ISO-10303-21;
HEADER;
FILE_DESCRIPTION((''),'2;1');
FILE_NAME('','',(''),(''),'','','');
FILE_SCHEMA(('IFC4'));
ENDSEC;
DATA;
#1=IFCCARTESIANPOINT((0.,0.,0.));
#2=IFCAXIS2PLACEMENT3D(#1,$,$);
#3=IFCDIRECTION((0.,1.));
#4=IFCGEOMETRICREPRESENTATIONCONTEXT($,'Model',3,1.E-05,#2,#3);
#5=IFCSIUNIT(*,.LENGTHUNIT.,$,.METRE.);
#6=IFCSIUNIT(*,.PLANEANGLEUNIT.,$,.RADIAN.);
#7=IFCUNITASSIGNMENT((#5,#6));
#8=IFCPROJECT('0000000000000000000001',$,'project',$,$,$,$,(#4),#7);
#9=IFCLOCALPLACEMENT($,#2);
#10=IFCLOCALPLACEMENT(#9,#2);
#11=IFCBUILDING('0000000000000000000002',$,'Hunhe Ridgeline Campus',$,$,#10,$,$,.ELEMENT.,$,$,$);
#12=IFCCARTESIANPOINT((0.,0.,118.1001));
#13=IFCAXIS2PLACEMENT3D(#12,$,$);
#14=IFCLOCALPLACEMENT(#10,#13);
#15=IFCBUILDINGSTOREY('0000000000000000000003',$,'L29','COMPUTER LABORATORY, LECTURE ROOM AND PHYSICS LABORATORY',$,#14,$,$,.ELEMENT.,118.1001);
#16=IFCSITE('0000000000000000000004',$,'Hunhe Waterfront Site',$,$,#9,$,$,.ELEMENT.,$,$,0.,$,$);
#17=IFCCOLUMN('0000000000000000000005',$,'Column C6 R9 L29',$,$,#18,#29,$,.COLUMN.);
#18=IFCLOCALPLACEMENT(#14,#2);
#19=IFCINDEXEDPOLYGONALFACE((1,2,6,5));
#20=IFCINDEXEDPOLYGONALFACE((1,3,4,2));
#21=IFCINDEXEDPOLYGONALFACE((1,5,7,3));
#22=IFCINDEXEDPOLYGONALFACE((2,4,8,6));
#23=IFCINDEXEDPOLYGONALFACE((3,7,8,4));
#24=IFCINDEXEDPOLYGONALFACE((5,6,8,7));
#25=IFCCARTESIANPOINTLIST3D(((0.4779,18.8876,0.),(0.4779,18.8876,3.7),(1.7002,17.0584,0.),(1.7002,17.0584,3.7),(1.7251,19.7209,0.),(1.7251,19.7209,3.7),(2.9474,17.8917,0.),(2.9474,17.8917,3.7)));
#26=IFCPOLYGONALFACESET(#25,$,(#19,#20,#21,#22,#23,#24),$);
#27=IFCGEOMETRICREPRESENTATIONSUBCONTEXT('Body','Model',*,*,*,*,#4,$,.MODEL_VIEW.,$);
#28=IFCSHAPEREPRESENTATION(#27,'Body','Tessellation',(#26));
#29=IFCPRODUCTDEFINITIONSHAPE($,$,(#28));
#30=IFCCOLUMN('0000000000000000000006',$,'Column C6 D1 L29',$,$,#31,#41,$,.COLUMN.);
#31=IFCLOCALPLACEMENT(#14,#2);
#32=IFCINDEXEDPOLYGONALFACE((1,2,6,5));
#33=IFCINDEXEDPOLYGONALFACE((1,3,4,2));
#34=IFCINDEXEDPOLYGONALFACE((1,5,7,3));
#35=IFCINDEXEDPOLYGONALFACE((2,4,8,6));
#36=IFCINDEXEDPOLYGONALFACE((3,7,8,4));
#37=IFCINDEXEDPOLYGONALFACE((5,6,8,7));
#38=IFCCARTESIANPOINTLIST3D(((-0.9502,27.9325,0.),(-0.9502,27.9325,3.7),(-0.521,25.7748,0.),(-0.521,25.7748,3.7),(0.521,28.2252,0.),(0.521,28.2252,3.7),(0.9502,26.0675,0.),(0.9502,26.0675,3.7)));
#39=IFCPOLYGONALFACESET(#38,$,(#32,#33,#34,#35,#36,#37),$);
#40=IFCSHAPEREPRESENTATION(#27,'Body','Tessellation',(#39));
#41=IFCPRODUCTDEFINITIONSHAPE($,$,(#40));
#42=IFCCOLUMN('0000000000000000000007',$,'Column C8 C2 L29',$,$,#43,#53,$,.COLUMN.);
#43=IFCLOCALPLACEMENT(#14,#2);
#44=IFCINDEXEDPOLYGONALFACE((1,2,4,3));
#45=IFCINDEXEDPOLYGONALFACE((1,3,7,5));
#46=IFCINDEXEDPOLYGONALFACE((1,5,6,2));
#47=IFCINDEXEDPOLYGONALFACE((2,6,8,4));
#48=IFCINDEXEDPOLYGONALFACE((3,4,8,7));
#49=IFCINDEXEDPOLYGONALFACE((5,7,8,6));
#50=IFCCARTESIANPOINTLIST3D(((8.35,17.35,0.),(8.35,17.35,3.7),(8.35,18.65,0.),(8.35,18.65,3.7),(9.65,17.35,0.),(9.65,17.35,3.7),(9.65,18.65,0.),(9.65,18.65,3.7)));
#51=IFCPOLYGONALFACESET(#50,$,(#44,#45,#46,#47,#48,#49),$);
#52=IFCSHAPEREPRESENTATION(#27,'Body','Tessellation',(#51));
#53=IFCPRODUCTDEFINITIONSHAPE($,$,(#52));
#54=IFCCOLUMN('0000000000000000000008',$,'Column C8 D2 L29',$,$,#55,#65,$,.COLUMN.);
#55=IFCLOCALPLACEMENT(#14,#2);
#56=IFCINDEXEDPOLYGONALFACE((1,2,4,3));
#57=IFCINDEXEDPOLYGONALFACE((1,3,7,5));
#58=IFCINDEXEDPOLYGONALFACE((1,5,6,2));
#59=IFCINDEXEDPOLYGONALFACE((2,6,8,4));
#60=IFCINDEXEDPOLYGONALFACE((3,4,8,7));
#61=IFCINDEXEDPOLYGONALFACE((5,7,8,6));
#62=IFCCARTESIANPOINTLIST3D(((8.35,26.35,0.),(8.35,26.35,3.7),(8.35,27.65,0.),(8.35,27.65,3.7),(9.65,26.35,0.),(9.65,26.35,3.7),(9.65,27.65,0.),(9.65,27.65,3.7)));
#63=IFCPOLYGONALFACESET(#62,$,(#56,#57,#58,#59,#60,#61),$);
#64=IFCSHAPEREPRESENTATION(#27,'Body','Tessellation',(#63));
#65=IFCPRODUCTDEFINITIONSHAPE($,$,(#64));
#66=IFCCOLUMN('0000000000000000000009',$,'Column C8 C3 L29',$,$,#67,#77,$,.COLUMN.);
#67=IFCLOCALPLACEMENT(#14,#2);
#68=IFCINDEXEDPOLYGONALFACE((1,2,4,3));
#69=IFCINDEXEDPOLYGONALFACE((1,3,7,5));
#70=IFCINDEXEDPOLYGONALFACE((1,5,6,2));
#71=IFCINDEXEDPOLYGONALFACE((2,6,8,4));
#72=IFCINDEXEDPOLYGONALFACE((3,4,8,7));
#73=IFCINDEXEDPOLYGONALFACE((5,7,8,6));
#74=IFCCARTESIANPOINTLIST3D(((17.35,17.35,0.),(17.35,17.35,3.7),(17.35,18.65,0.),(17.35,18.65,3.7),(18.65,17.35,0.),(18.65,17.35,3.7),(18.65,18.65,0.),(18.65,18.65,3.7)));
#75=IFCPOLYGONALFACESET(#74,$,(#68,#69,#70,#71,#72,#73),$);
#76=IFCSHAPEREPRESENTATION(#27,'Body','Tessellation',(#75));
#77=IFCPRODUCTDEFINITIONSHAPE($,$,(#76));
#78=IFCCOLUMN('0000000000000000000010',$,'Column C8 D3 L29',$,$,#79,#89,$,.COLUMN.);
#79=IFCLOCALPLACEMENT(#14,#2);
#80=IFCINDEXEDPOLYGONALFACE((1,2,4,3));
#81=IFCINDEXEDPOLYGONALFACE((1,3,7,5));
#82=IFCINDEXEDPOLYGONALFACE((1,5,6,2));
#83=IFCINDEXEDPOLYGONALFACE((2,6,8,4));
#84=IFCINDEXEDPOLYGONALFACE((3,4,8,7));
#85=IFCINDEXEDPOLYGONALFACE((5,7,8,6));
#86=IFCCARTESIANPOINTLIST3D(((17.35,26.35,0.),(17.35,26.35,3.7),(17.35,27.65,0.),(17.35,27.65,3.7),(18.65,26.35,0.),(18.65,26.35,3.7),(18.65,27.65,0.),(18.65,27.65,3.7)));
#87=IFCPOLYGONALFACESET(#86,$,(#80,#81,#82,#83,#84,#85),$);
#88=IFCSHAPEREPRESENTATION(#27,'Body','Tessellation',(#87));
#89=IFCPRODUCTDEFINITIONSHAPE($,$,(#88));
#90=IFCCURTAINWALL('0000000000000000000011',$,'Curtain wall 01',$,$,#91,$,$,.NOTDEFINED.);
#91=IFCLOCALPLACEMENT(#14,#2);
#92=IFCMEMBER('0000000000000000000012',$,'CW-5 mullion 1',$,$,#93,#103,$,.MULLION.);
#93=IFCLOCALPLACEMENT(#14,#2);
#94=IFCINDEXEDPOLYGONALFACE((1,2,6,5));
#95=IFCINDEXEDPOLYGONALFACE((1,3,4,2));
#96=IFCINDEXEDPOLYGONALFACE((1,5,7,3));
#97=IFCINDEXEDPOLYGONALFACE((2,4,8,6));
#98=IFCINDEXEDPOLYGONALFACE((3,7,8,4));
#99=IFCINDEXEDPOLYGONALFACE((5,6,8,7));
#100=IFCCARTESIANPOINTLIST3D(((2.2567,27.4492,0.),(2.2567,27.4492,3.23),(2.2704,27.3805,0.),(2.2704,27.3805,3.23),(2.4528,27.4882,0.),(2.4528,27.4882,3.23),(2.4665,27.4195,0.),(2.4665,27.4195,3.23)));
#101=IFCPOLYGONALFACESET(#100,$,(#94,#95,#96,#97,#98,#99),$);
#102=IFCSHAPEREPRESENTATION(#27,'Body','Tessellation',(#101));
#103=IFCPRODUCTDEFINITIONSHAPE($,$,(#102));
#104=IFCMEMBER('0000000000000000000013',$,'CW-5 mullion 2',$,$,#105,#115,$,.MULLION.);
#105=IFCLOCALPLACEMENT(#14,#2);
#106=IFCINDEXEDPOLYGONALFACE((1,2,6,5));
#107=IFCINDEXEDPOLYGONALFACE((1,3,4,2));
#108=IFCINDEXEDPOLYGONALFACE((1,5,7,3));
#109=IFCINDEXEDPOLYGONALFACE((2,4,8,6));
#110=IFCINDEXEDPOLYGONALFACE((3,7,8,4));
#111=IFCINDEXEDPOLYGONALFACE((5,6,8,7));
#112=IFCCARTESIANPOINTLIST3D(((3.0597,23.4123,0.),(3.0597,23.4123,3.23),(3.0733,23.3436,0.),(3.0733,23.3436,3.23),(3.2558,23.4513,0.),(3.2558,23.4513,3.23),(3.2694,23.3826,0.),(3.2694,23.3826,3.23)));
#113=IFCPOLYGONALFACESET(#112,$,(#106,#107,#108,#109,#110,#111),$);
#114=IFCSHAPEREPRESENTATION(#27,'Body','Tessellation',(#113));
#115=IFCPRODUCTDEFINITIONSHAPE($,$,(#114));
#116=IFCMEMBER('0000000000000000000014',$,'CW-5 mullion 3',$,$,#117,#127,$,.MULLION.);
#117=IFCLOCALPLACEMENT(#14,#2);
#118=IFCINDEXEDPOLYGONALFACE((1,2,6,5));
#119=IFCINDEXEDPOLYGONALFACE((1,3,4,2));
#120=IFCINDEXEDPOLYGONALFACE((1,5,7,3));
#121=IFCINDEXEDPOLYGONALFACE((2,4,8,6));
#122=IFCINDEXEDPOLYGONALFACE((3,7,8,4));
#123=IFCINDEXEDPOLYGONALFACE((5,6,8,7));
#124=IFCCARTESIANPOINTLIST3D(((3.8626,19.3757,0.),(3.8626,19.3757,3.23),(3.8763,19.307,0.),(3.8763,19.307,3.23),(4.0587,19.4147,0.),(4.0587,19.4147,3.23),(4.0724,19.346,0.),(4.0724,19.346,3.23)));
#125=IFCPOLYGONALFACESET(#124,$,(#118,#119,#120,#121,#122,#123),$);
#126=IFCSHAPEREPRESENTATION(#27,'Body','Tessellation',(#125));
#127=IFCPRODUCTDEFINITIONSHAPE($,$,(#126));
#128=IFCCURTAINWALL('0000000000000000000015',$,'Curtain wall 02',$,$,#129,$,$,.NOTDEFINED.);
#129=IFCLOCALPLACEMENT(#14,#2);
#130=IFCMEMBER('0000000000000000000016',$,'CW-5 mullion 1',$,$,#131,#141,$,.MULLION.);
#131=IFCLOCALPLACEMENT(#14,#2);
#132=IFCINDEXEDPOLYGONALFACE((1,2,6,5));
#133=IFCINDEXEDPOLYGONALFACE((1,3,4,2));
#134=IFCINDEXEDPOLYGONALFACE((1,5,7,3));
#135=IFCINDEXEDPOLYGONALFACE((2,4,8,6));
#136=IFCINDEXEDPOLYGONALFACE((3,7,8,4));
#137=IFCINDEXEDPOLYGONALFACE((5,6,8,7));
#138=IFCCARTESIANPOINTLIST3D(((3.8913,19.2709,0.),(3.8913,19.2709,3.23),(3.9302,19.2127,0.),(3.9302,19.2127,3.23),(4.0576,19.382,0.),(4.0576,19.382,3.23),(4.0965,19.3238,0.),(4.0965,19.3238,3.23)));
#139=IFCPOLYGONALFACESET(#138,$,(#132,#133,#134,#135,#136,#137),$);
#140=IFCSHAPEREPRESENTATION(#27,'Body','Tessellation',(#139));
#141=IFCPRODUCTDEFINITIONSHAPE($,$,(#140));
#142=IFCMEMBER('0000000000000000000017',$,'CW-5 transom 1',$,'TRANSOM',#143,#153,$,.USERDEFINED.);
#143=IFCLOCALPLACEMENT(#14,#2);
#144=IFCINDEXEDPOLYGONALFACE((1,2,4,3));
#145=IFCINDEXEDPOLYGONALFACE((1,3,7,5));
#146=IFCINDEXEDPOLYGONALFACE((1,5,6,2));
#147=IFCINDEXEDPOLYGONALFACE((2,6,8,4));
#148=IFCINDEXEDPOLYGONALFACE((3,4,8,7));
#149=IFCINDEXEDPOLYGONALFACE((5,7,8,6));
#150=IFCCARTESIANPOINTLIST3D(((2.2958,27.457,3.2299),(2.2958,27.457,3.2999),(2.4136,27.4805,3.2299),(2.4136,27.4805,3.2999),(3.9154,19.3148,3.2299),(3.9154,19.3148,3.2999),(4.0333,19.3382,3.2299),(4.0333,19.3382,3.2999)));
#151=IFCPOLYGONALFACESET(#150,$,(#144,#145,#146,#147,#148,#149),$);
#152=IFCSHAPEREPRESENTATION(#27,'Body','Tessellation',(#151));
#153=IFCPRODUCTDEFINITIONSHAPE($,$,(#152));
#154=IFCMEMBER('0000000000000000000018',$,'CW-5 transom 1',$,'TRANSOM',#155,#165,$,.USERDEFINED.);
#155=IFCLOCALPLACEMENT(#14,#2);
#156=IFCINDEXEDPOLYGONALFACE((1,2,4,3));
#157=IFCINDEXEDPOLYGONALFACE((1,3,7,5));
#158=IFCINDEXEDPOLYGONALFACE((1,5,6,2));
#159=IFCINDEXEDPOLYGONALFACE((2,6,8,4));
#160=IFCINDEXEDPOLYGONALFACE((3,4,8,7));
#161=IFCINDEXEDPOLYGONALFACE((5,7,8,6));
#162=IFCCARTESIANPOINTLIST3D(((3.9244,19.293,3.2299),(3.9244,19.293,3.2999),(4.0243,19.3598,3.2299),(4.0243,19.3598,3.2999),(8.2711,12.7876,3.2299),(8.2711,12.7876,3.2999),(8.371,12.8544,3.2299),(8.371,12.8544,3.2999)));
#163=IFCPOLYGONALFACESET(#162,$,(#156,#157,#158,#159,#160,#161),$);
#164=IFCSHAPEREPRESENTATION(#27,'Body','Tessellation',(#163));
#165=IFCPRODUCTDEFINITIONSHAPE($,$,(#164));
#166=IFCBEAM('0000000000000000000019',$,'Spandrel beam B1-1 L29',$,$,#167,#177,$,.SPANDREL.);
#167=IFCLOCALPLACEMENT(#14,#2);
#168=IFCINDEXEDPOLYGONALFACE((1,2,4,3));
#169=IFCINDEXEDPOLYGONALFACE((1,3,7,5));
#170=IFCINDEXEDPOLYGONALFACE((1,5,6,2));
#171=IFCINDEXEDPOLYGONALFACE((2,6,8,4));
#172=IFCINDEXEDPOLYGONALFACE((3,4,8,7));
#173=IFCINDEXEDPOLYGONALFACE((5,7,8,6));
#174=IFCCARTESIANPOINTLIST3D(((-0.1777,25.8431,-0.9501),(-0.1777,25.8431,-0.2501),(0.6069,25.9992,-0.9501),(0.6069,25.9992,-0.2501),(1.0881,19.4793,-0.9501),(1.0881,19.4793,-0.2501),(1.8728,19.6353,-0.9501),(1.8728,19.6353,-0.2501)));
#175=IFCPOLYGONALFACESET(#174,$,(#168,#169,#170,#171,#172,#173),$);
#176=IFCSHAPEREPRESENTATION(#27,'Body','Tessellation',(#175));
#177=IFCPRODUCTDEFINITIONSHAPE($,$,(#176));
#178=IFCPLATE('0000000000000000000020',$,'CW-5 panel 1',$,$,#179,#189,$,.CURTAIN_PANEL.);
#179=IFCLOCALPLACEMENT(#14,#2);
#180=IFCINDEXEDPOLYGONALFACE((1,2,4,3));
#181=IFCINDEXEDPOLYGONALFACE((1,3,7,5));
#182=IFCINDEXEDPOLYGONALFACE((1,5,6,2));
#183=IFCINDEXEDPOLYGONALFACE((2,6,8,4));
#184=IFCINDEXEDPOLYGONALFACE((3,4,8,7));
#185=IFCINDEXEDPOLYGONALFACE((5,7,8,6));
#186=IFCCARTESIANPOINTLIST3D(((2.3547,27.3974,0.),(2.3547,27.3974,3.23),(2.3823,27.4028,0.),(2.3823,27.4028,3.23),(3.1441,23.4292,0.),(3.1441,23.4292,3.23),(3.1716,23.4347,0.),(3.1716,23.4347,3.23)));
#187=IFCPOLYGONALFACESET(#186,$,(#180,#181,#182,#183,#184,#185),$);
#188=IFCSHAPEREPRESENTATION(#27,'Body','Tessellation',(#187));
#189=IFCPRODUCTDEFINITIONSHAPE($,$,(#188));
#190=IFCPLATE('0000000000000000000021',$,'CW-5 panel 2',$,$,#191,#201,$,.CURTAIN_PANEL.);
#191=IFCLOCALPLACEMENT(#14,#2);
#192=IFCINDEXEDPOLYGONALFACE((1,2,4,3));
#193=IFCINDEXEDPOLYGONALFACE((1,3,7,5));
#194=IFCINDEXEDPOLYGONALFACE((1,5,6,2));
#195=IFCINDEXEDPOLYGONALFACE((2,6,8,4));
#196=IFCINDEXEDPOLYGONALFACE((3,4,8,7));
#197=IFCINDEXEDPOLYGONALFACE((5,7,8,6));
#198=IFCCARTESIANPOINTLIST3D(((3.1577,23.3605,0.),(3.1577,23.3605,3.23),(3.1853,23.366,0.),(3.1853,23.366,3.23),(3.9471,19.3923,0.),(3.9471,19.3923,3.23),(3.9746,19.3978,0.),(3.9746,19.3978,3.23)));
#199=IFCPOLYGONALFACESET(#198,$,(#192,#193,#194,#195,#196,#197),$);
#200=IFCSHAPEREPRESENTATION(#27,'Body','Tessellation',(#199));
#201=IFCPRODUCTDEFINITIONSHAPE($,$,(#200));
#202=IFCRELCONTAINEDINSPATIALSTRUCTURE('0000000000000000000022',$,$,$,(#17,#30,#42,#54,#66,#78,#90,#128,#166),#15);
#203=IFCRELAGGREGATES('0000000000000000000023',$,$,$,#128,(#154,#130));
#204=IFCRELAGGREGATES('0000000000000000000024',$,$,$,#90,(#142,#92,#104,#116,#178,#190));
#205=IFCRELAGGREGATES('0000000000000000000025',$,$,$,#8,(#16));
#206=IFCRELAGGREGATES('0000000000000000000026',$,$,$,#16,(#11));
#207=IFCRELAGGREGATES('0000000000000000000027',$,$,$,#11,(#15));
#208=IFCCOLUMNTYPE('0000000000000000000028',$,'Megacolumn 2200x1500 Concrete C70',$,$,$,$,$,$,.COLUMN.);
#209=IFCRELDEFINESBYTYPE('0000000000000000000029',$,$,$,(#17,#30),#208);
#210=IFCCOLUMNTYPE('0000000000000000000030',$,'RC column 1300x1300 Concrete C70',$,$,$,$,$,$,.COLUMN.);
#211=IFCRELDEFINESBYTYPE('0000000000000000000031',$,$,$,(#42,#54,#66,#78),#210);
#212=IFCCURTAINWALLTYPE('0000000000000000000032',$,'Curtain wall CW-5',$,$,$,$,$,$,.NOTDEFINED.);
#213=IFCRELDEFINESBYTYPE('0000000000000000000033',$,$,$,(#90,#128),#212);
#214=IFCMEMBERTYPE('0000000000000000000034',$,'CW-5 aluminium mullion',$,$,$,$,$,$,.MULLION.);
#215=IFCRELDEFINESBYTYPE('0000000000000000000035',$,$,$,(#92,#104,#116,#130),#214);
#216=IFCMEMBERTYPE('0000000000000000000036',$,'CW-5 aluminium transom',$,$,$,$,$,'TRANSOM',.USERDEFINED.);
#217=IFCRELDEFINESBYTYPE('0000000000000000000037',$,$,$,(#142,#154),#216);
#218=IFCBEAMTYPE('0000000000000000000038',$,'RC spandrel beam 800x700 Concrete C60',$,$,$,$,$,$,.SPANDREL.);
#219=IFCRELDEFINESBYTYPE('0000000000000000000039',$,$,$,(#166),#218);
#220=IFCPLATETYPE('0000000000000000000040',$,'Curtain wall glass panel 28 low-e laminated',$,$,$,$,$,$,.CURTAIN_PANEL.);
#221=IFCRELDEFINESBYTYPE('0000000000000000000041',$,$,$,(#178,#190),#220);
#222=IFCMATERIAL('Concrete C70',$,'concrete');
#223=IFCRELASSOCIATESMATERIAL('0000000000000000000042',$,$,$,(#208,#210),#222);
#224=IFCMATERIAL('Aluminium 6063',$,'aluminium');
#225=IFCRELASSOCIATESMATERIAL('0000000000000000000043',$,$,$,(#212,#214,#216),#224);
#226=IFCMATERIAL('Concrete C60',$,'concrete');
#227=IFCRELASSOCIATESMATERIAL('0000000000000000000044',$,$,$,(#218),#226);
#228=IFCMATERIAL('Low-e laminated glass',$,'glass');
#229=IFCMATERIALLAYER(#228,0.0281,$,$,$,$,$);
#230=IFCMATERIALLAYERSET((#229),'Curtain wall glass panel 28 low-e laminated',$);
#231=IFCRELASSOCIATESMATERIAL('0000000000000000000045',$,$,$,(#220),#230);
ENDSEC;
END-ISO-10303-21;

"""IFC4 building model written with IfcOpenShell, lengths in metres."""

from ifc_helpers import new_model, si_unit, direction, frame, origin, origin_2d, place, context, subcontext, project, spatial, rectangle, extrude, material, layer, layer_set, material_profile, profile_set, type_object, element, aggregate, save


model = new_model("IFC4")

# Units and contexts
model_context = context("Model", 3, precision=1e-05, world=origin(), true_north=direction((0.0, 1.0)))
body_context = subcontext(model_context, "Body", "Model", "MODEL_VIEW")
ifc_project = project(units=[si_unit("LENGTHUNIT", "METRE"), si_unit("PLANEANGLEUNIT", "RADIAN")], contexts=[model_context])

# Site, building, storey
site_placement = place(None, origin())
site = spatial("IfcSite", under=ifc_project, at=site_placement, Name="Hunhe Waterfront Site", CompositionType="ELEMENT", RefElevation=0.0)
building_placement = place(site_placement, origin())
building = spatial("IfcBuilding", under=site, at=building_placement, Name="Hunhe Ridgeline Campus", CompositionType="ELEMENT")
storey_placement = place(building_placement, frame((0.0, 0.0, 118.1001)))
storey = spatial("IfcBuildingStorey", under=building, at=storey_placement, Name="L29", Description="COMPUTER LABORATORY, LECTURE ROOM AND PHYSICS LABORATORY", CompositionType="ELEMENT", Elevation=118.1001)

# Columns
ifc_material_1 = material(Name="Concrete C70", Category="concrete")
ifc_material_profile_1 = material_profile(ifc_material_1, rectangle(XDim=2.2, YDim=1.5, at=origin_2d()))
ifc_profile_set_1 = profile_set([ifc_material_profile_1], Name="Concrete C70")
column_type_1 = type_object("IfcColumnType", Name="Megacolumn 2200x1500 Concrete C70", PredefinedType="COLUMN", material=ifc_profile_set_1)
for number, where, z_axis, x_axis, name in (
    (1, (1.7126, 18.3896, 0.0), (0.0, 0.0, 1.0), (-0.55557, 0.83147, 0.0), "Column C6 R9 L29"),
    (2, (0.0, 27.0, 0.0), (0.0, 0.0, 1.0), (-0.19509, 0.980785, 0.0), "Column C6 D1 L29"),
):
    element("IfcColumn", number, at=place(storey_placement, frame(where, z_axis=z_axis, x_axis=x_axis)), inside=storey, type_object=column_type_1, Name=name, PredefinedType="COLUMN", context=body_context, shape_type="SweptSolid", body=[
        extrude(rectangle(XDim=2.2, YDim=1.5, at=origin_2d()), origin(), (0.0, 0.0, 1.0), 3.7),
    ])
ifc_material_profile_2 = material_profile(ifc_material_1, rectangle(XDim=1.3, YDim=1.3, at=origin_2d()))
ifc_profile_set_2 = profile_set([ifc_material_profile_2], Name="Concrete C70")
column_type_2 = type_object("IfcColumnType", Name="RC column 1300x1300 Concrete C70", PredefinedType="COLUMN", material=ifc_profile_set_2)
for number, where, z_axis, x_axis, name in (
    (3, (9.0, 18.0, 0.0), (0.0, 0.0, 1.0), (1.0, 0.0, 0.0), "Column C8 C2 L29"),
    (4, (9.0, 27.0, 0.0), (0.0, 0.0, 1.0), (1.0, 0.0, 0.0), "Column C8 D2 L29"),
    (5, (18.0, 18.0, 0.0), (0.0, 0.0, 1.0), (1.0, 0.0, 0.0), "Column C8 C3 L29"),
    (6, (18.0, 27.0, 0.0), (0.0, 0.0, 1.0), (1.0, 0.0, 0.0), "Column C8 D3 L29"),
):
    element("IfcColumn", number, at=place(storey_placement, frame(where, z_axis=z_axis, x_axis=x_axis)), inside=storey, type_object=column_type_2, Name=name, PredefinedType="COLUMN", context=body_context, shape_type="SweptSolid", body=[
        extrude(rectangle(XDim=1.3, YDim=1.3, at=origin_2d()), origin(), (0.0, 0.0, 1.0), 3.7),
    ])

# Curtain wall, members
ifc_material_2 = material(Name="Aluminium 6063", Category="aluminium")
curtain_wall_type = type_object("IfcCurtainWallType", Name="Curtain wall CW-5", PredefinedType="NOTDEFINED", material=ifc_material_2)
curtain_wall_1_placement = place(storey_placement, origin())
curtain_wall_1 = element("IfcCurtainWall", 7, at=curtain_wall_1_placement, inside=storey, type_object=curtain_wall_type, Name="Curtain wall 01", PredefinedType="NOTDEFINED")
ifc_material_profile_3 = material_profile(ifc_material_2, rectangle(XDim=0.2, YDim=0.0701, at=origin_2d()))
ifc_profile_set_3 = profile_set([ifc_material_profile_3], Name="Aluminium 6063")
member_type_1 = type_object("IfcMemberType", Name="CW-5 aluminium mullion", PredefinedType="MULLION", material=ifc_profile_set_3)
member_1_placement = place(storey_placement, frame((2.3616, 27.4343, 0.0), z_axis=(0.0, 0.0, 1.0), x_axis=(0.980784, 0.195095, 0.0)))
member_1 = element("IfcMember", 8, at=member_1_placement, type_object=member_type_1, Name="CW-5 mullion 1", PredefinedType="MULLION", context=body_context, shape_type="SweptSolid", body=[
    extrude(rectangle(XDim=0.2, YDim=0.0701, at=origin_2d()), origin(), (0.0, 0.0, 1.0), 3.23),
])
member_2_placement = place(storey_placement, frame((3.1646, 23.3975, 0.0), z_axis=(0.0, 0.0, 1.0), x_axis=(0.980784, 0.195095, 0.0)))
member_2 = element("IfcMember", 9, at=member_2_placement, type_object=member_type_1, Name="CW-5 mullion 2", PredefinedType="MULLION", context=body_context, shape_type="SweptSolid", body=[
    extrude(rectangle(XDim=0.2, YDim=0.0701, at=origin_2d()), origin(), (0.0, 0.0, 1.0), 3.23),
])
member_3_placement = place(storey_placement, frame((3.9675, 19.3608, 0.0), z_axis=(0.0, 0.0, 1.0), x_axis=(0.980784, 0.195095, 0.0)))
member_3 = element("IfcMember", 10, at=member_3_placement, type_object=member_type_1, Name="CW-5 mullion 3", PredefinedType="MULLION", context=body_context, shape_type="SweptSolid", body=[
    extrude(rectangle(XDim=0.2, YDim=0.0701, at=origin_2d()), origin(), (0.0, 0.0, 1.0), 3.23),
])

# Curtain wall, member
curtain_wall_2_placement = place(storey_placement, origin())
curtain_wall_2 = element("IfcCurtainWall", 11, at=curtain_wall_2_placement, inside=storey, type_object=curtain_wall_type, Name="Curtain wall 02", PredefinedType="NOTDEFINED")
member_4_placement = place(storey_placement, frame((3.9939, 19.2974, 0.0), z_axis=(0.0, 0.0, 1.0), x_axis=(0.83147, 0.55557, 0.0)))
member_4 = element("IfcMember", 12, at=member_4_placement, type_object=member_type_1, Name="CW-5 mullion 1", PredefinedType="MULLION", context=body_context, shape_type="SweptSolid", body=[
    extrude(rectangle(XDim=0.2, YDim=0.0701, at=origin_2d()), origin(), (0.0, 0.0, 1.0), 3.23),
])

# Members
ifc_material_profile_4 = material_profile(ifc_material_2, rectangle(XDim=0.1201, YDim=0.0701, at=origin_2d()))
ifc_profile_set_4 = profile_set([ifc_material_profile_4], Name="Aluminium 6063")
member_type_2 = type_object("IfcMemberType", Name="CW-5 aluminium transom", ElementType="TRANSOM", PredefinedType="USERDEFINED", material=ifc_profile_set_4)
member_5_placement = place(storey_placement, frame((2.3547, 27.4688, 3.2649), z_axis=(0.195092, -0.980785, 0.0), x_axis=(0.980785, 0.195092, 0.0)))
member_5 = element("IfcMember", 13, at=member_5_placement, type_object=member_type_2, Name="CW-5 transom 1", ObjectType="TRANSOM", PredefinedType="USERDEFINED", context=body_context, shape_type="SweptSolid", body=[
    extrude(rectangle(XDim=0.1201, YDim=0.0701, at=origin_2d()), origin(), (0.0, 0.0, 1.0), 8.3018),
])
member_6_placement = place(storey_placement, frame((3.9744, 19.3264, 3.2649), z_axis=(0.555564, -0.831474, 0.0), x_axis=(0.831474, 0.555564, 0.0)))
member_6 = element("IfcMember", 14, at=member_6_placement, type_object=member_type_2, Name="CW-5 transom 1", ObjectType="TRANSOM", PredefinedType="USERDEFINED", context=body_context, shape_type="SweptSolid", body=[
    extrude(rectangle(XDim=0.1201, YDim=0.0701, at=origin_2d()), origin(), (0.0, 0.0, 1.0), 7.824),
])
aggregate(curtain_wall_2, [member_6, member_4])

# Beam
ifc_material_3 = material(Name="Concrete C60", Category="concrete")
ifc_material_profile_5 = material_profile(ifc_material_3, rectangle(XDim=0.8, YDim=0.7, at=origin_2d()))
ifc_profile_set_5 = profile_set([ifc_material_profile_5], Name="Concrete C60")
beam_type = type_object("IfcBeamType", Name="RC spandrel beam 800x700 Concrete C60", PredefinedType="SPANDREL", material=ifc_profile_set_5)
beam_placement = place(storey_placement, frame((0.2146, 25.9211, -0.6001), z_axis=(0.195096, -0.980784, 0.0), x_axis=(0.980784, 0.195096, 0.0)))
element("IfcBeam", 15, at=beam_placement, inside=storey, type_object=beam_type, Name="Spandrel beam B1-1 L29", PredefinedType="SPANDREL", context=body_context, shape_type="SweptSolid", body=[
    extrude(rectangle(XDim=0.8, YDim=0.7, at=origin_2d()), origin(), (0.0, 0.0, 1.0), 6.4885),
])

# Plates
ifc_material_4 = material(Name="Low-e laminated glass", Category="glass")
ifc_layer_1 = layer(ifc_material_4, 0.0281)
ifc_layer_set_1 = layer_set([ifc_layer_1], Name="Curtain wall glass panel 28 low-e laminated")
plate_type = type_object("IfcPlateType", Name="Curtain wall glass panel 28 low-e laminated", PredefinedType="CURTAIN_PANEL", material=ifc_layer_set_1)
plate_1_placement = place(storey_placement, frame((2.7632, 25.416, 0.0), z_axis=(0.0, 0.0, 1.0), x_axis=(0.195095, -0.980784, 0.0)))
plate_1 = element("IfcPlate", 16, at=plate_1_placement, type_object=plate_type, Name="CW-5 panel 1", PredefinedType="CURTAIN_PANEL", context=body_context, shape_type="SweptSolid", body=[
    extrude(rectangle(XDim=4.0459, YDim=0.0281, at=origin_2d()), origin(), (0.0, 0.0, 1.0), 3.23),
])
plate_2_placement = place(storey_placement, frame((3.5662, 21.3792, 0.0), z_axis=(0.0, 0.0, 1.0), x_axis=(0.195095, -0.980784, 0.0)))
plate_2 = element("IfcPlate", 17, at=plate_2_placement, type_object=plate_type, Name="CW-5 panel 2", PredefinedType="CURTAIN_PANEL", context=body_context, shape_type="SweptSolid", body=[
    extrude(rectangle(XDim=4.0459, YDim=0.0281, at=origin_2d()), origin(), (0.0, 0.0, 1.0), 3.23),
])
aggregate(curtain_wall_1, [member_5, member_1, member_2, member_3, plate_1, plate_2])

save(model, "model.ifc")
